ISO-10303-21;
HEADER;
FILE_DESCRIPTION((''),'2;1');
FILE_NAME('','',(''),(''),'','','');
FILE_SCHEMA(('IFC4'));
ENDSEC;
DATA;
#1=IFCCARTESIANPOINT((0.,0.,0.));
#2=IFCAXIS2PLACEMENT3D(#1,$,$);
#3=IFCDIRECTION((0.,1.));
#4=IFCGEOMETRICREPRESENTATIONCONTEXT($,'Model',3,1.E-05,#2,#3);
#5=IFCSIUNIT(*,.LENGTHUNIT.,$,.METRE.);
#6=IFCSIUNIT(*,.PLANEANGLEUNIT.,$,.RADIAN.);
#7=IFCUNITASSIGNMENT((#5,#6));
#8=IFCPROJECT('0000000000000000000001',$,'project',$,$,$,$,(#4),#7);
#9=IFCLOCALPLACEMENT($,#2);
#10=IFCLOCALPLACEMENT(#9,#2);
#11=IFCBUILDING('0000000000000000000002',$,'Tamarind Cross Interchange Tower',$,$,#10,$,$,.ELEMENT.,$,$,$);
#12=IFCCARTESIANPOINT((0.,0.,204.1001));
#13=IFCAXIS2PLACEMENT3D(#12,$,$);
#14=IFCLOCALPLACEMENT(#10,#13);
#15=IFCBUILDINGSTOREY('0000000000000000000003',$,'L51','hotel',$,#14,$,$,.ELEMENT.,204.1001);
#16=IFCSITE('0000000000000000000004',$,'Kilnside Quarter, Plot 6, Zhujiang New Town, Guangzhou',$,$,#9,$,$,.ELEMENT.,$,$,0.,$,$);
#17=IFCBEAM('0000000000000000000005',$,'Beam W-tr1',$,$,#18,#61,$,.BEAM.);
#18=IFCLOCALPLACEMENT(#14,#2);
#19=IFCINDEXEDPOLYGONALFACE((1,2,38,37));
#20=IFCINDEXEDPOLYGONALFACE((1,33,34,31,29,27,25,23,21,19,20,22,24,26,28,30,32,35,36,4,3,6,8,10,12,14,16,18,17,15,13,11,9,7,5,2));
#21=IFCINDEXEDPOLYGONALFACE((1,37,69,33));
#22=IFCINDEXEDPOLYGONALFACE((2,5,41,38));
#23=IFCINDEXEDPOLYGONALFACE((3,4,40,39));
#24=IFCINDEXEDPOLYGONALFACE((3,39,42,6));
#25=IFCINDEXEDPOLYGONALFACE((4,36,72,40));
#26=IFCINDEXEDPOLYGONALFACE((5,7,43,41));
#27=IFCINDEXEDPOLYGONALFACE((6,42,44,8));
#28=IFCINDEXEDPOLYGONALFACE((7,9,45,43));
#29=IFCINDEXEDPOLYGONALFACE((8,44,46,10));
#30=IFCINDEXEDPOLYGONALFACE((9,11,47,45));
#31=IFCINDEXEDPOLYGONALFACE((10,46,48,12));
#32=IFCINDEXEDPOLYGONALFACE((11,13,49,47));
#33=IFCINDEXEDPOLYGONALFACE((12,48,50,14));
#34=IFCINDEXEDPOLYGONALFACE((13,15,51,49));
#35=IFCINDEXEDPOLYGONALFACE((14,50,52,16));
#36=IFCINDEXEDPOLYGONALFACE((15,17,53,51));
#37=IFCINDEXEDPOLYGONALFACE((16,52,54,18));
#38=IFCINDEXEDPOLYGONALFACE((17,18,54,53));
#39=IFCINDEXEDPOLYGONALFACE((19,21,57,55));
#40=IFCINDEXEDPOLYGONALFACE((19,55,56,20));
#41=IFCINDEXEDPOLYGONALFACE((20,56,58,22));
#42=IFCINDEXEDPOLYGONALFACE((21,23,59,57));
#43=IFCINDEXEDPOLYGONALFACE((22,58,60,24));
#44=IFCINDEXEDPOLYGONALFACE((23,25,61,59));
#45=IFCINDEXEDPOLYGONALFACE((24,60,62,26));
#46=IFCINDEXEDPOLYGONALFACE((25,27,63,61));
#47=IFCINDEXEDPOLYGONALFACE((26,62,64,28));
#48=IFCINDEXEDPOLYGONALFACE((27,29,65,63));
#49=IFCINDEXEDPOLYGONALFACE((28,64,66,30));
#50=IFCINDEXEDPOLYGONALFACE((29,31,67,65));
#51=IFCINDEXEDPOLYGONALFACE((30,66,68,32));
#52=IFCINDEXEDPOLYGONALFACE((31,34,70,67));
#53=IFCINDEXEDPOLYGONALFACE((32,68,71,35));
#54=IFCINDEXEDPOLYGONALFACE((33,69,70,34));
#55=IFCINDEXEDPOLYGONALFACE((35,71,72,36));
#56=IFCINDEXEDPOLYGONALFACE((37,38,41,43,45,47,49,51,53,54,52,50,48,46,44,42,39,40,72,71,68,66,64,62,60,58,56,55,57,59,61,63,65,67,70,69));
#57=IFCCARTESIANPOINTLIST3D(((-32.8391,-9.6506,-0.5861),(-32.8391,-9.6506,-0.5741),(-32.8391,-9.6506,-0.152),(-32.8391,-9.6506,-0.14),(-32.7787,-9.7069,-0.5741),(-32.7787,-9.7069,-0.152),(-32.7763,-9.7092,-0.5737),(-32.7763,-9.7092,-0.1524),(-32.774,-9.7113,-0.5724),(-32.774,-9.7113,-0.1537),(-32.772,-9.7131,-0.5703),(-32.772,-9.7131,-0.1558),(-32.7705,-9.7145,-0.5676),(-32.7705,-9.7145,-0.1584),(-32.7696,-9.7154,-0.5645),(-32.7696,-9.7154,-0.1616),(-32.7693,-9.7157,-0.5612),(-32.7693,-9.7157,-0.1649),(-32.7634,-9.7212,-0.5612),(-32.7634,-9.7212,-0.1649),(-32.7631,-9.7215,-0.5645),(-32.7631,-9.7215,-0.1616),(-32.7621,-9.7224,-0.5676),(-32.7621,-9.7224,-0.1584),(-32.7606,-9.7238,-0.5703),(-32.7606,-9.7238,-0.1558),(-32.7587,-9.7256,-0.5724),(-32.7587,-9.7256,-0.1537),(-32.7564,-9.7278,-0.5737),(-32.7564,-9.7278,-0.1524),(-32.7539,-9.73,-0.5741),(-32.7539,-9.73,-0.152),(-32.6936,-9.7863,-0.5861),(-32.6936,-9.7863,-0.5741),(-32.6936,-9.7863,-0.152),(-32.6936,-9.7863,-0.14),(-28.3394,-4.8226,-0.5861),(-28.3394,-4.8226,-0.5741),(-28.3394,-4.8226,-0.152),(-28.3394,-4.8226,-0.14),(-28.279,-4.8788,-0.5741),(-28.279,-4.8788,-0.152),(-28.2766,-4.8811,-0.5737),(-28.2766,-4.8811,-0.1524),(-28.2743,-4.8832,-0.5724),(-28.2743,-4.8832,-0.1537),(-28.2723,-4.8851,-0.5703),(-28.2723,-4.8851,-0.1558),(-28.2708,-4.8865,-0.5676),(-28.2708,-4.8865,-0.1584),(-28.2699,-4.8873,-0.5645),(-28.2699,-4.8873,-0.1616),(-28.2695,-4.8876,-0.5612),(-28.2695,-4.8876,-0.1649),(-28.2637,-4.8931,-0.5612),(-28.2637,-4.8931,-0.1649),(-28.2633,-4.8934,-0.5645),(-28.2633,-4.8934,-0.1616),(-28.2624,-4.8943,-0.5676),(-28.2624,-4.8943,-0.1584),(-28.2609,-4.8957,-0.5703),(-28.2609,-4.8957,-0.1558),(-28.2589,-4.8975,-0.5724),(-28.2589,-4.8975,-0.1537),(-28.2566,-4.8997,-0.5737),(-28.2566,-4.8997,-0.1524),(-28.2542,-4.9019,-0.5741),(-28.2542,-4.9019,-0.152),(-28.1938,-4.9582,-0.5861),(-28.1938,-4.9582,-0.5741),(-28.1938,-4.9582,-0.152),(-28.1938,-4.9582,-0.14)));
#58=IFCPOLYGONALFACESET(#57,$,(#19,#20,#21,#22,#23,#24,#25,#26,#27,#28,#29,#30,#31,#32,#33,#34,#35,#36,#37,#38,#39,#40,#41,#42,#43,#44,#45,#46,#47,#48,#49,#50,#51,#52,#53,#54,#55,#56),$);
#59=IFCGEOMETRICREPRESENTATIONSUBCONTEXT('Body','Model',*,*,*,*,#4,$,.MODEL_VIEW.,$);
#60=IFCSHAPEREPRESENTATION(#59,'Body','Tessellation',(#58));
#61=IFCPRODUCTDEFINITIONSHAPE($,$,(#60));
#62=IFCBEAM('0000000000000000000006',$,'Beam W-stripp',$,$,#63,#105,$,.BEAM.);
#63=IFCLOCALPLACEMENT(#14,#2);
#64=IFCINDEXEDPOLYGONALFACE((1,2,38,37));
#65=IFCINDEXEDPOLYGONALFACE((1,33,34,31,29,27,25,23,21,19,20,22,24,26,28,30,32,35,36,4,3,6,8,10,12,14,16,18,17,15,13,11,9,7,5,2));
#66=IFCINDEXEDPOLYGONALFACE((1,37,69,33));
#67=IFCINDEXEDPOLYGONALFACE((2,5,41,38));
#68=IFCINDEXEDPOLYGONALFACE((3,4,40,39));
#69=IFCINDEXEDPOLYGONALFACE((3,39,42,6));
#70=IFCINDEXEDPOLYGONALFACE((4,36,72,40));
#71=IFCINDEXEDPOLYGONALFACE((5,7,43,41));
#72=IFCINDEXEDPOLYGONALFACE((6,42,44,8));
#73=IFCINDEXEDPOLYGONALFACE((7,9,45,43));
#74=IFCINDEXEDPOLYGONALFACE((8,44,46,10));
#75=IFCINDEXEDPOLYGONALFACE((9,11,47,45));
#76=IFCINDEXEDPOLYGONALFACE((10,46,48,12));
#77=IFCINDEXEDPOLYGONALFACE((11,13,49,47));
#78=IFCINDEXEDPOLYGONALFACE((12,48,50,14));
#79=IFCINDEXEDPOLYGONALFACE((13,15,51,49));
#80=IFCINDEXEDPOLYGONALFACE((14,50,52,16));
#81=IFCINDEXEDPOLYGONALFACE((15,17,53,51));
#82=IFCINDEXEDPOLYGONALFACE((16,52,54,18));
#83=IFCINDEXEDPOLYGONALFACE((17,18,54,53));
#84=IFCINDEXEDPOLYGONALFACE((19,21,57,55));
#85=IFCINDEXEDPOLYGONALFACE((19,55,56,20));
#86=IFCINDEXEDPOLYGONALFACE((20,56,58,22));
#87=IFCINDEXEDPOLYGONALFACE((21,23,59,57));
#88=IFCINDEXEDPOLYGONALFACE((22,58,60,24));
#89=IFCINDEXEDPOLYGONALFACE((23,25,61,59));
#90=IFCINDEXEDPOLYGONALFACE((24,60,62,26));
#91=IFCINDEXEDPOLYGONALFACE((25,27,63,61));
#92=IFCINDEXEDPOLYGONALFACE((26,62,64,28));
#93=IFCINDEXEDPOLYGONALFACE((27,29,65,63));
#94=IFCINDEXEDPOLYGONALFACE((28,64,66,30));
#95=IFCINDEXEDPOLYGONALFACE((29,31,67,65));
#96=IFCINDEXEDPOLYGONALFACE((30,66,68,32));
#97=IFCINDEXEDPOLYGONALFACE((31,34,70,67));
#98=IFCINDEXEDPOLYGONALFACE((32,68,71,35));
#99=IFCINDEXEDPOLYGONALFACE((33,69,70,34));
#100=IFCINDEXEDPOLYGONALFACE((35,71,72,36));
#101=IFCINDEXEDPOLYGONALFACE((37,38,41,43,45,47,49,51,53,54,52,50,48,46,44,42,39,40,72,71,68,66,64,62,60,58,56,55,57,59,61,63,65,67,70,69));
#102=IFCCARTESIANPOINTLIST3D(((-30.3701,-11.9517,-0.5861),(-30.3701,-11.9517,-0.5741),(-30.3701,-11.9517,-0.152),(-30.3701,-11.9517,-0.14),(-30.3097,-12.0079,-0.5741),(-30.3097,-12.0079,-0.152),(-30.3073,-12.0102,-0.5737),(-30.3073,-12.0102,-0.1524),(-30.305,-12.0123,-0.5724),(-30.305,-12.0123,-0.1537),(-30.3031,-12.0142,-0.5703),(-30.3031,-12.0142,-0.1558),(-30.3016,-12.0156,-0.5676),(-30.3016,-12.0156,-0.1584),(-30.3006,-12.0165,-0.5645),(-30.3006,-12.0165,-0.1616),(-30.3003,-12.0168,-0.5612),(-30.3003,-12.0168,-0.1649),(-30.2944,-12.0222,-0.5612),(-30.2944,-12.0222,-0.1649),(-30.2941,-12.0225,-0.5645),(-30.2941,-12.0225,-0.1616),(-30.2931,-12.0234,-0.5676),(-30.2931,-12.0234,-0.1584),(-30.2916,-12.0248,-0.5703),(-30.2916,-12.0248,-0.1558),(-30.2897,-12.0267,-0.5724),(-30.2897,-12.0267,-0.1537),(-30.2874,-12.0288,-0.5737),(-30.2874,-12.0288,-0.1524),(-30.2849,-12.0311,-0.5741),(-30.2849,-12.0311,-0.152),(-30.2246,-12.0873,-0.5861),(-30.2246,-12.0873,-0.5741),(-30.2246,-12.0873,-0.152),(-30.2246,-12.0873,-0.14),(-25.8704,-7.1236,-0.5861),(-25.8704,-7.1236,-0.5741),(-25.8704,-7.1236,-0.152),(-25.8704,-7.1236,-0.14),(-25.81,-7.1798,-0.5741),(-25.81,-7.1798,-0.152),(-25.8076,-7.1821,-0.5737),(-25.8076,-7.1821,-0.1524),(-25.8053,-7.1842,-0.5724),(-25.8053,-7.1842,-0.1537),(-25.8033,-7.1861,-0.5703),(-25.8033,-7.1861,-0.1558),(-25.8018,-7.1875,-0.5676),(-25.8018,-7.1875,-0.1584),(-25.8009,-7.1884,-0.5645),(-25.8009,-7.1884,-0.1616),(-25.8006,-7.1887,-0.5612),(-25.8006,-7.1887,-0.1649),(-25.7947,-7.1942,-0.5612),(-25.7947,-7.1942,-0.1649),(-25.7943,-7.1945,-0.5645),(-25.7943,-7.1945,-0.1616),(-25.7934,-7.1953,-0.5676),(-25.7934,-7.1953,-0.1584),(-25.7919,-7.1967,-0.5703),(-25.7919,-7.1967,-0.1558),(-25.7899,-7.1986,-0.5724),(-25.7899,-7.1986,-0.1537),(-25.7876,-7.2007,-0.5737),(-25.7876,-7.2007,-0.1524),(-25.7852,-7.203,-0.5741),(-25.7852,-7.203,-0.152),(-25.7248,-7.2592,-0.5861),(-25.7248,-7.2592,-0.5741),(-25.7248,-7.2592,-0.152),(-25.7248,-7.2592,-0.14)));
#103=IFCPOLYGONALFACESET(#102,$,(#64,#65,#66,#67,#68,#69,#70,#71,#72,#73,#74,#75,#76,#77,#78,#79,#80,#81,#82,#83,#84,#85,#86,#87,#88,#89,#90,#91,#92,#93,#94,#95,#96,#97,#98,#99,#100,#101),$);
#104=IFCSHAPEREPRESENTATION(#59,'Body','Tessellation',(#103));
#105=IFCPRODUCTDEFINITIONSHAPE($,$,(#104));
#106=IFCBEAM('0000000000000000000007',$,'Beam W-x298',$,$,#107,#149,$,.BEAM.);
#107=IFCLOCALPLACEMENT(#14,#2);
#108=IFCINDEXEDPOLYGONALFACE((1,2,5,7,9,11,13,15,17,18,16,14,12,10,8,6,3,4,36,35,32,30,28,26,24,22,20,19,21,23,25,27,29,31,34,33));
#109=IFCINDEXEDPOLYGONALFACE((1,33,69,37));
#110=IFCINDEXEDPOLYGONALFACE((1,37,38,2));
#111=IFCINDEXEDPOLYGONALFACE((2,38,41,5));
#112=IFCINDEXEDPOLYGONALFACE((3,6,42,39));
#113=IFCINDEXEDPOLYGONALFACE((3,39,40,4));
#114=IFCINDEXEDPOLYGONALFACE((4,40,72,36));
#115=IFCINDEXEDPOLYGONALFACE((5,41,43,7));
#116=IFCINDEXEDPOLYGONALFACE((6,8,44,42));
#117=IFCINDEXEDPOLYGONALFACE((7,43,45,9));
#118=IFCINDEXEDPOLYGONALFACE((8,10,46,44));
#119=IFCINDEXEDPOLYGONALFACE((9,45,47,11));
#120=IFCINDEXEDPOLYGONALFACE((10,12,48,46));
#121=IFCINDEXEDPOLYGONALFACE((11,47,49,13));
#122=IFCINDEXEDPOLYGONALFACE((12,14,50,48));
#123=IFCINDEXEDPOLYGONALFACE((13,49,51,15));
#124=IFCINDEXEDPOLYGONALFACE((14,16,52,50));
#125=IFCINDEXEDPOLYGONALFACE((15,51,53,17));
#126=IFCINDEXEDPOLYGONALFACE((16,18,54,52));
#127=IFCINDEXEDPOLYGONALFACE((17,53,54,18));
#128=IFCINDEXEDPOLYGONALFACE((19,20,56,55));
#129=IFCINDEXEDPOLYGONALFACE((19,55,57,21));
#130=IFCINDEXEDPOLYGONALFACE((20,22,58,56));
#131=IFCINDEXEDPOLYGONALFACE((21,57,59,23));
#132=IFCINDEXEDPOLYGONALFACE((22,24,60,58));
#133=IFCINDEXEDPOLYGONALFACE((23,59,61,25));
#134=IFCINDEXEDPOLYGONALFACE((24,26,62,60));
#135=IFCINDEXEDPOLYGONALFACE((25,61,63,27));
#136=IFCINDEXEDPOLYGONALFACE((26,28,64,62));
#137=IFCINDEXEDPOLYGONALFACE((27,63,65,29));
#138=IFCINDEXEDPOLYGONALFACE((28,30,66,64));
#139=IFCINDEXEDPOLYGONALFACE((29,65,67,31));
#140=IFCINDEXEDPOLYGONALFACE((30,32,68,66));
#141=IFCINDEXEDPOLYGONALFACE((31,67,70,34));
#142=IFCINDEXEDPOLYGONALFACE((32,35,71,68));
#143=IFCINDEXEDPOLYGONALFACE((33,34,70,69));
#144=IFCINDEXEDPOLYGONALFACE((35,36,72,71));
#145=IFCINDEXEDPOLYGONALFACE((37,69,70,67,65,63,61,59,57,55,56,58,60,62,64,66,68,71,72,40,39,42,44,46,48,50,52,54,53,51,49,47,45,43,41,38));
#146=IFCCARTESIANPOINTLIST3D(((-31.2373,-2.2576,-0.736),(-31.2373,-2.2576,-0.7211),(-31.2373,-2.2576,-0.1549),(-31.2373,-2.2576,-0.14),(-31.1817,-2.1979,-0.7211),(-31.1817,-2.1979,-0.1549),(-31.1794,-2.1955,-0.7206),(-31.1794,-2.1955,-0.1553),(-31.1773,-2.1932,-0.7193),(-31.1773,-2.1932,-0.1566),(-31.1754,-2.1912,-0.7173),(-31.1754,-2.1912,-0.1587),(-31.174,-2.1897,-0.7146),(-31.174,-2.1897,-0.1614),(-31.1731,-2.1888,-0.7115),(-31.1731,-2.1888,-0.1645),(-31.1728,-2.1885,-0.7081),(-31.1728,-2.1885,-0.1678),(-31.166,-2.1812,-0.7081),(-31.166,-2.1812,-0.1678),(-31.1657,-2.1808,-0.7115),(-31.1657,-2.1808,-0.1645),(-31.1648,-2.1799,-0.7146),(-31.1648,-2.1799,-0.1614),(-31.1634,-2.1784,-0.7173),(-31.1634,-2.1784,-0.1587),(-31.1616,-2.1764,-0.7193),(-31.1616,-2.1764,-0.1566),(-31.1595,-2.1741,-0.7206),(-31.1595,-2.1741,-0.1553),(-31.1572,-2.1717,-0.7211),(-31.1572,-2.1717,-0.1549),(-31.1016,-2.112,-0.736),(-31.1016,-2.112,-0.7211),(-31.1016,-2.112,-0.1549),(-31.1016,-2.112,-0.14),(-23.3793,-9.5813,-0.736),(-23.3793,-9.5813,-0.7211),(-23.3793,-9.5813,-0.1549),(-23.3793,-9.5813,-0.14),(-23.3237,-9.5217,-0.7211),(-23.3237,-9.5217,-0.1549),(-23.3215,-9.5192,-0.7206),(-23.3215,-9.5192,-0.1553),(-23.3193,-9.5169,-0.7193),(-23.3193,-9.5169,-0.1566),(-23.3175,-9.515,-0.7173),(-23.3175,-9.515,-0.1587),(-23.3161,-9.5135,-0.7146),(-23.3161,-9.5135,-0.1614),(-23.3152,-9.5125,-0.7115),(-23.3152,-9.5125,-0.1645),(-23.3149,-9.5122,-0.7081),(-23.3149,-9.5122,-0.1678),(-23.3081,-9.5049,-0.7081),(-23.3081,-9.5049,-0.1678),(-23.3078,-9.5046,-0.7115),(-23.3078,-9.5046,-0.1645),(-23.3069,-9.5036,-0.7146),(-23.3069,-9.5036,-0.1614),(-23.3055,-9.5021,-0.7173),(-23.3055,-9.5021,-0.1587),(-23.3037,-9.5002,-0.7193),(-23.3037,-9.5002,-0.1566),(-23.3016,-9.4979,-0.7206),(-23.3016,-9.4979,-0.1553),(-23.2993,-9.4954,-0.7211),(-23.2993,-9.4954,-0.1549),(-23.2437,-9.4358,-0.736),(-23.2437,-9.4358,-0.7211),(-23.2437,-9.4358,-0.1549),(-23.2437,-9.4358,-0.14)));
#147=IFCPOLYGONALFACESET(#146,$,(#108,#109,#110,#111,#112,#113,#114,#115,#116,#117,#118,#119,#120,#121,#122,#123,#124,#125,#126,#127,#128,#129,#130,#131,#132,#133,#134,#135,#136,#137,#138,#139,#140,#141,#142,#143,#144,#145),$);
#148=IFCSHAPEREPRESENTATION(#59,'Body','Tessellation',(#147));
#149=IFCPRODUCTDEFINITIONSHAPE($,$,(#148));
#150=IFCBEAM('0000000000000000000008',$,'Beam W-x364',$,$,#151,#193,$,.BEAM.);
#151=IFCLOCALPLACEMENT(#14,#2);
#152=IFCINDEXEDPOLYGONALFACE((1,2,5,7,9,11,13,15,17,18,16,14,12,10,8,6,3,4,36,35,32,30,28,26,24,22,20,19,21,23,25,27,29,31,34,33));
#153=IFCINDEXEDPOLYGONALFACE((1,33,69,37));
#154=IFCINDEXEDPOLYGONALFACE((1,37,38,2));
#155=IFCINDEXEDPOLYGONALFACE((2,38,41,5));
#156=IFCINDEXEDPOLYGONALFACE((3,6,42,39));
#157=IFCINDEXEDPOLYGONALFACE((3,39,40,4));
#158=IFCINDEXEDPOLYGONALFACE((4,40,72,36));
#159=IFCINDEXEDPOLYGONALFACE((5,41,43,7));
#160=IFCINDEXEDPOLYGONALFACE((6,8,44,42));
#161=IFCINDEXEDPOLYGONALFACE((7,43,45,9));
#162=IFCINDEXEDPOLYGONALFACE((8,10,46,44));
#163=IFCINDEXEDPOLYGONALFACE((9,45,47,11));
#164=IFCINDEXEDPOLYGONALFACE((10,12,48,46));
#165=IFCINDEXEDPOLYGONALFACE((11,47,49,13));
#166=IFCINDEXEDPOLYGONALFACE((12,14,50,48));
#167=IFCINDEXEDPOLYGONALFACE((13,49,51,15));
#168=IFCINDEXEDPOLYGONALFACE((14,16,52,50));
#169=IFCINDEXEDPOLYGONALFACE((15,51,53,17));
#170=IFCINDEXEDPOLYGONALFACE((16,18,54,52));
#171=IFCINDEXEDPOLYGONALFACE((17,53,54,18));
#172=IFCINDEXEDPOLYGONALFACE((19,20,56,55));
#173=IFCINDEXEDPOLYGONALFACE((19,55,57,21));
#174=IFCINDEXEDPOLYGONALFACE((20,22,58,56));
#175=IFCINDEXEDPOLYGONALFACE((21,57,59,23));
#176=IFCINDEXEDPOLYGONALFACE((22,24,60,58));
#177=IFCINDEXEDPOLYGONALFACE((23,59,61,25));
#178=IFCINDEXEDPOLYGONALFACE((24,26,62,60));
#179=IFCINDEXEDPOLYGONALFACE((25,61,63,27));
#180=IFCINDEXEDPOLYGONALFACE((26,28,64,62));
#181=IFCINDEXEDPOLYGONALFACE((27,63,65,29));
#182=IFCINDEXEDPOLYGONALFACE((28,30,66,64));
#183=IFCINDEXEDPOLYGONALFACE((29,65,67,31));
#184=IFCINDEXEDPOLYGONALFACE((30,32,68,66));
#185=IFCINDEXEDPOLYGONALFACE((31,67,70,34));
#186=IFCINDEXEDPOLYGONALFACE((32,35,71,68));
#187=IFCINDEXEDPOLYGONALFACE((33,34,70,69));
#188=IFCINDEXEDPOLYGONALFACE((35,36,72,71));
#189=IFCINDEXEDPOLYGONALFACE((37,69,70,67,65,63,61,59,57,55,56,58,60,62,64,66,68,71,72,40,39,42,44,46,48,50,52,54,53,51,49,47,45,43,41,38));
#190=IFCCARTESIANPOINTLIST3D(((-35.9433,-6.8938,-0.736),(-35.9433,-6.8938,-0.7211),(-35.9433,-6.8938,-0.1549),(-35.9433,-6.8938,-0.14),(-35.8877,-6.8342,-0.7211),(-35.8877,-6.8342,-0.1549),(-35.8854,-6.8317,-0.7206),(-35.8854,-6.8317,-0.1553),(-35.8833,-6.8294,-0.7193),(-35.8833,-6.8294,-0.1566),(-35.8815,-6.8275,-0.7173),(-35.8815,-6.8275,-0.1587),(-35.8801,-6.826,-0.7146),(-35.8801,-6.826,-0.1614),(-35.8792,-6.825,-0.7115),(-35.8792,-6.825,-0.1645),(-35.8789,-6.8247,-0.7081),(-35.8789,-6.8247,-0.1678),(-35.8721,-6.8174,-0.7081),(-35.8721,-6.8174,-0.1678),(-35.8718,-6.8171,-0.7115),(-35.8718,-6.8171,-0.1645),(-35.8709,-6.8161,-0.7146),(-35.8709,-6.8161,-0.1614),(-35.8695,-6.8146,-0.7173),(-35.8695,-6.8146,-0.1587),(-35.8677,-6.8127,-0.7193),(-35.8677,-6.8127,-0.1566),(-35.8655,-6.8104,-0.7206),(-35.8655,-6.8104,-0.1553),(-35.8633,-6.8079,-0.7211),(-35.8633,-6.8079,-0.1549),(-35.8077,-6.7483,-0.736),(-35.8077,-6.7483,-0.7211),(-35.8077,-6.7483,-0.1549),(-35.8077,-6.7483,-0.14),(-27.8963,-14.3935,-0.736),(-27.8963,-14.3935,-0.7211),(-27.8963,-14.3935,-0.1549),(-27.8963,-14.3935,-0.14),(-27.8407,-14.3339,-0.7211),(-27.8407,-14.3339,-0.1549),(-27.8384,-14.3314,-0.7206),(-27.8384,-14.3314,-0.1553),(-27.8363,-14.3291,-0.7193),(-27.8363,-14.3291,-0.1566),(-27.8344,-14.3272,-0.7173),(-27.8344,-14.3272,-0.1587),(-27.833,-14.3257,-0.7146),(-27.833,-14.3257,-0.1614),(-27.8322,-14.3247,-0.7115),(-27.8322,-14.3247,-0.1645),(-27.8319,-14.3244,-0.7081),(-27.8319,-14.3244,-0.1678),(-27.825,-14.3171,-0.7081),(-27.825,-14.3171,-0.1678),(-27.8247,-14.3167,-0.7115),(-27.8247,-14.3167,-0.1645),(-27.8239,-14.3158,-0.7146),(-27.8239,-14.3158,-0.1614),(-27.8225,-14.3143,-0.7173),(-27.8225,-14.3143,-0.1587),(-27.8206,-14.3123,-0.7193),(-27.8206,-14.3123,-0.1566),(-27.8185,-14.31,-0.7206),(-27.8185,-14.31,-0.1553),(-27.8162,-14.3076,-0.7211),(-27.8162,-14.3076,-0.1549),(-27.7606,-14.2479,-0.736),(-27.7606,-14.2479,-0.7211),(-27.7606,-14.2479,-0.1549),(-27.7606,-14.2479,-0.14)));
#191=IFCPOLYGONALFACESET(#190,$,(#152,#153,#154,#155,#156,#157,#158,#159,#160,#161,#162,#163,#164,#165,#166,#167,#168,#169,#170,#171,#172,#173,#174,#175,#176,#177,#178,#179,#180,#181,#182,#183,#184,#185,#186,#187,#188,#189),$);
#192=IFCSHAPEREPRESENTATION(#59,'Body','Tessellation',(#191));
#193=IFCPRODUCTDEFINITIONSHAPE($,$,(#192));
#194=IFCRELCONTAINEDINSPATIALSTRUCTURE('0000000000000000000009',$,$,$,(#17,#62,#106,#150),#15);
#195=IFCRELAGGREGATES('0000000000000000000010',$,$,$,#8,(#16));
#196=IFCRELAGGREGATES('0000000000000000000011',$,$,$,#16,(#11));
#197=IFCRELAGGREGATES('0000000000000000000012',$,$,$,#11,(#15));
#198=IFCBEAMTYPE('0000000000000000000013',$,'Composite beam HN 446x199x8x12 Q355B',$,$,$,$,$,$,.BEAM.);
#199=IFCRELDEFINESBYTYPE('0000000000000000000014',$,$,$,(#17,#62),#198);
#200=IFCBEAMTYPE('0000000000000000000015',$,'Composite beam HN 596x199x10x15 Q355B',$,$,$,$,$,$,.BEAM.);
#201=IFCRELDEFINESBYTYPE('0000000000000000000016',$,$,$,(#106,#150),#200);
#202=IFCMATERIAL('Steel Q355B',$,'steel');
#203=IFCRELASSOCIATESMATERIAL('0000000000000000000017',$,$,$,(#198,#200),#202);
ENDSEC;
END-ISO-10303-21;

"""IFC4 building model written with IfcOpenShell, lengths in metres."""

from ifc_helpers import new_model, si_unit, direction, frame, origin, origin_2d, place, context, subcontext, project, spatial, i_section, extrude, material, material_profile, profile_set, type_object, element, save


model = new_model("IFC4")

# Units and contexts
model_context = context("Model", 3, precision=1e-05, world=origin(), true_north=direction((0.0, 1.0)))
body_context = subcontext(model_context, "Body", "Model", "MODEL_VIEW")
ifc_project = project(units=[si_unit("LENGTHUNIT", "METRE"), si_unit("PLANEANGLEUNIT", "RADIAN")], contexts=[model_context])

# Site, building, storey
site_placement = place(None, origin())
site = spatial("IfcSite", under=ifc_project, at=site_placement, Name="Kilnside Quarter, Plot 6, Zhujiang New Town, Guangzhou", CompositionType="ELEMENT", RefElevation=0.0)
building_placement = place(site_placement, origin())
building = spatial("IfcBuilding", under=site, at=building_placement, Name="Tamarind Cross Interchange Tower", CompositionType="ELEMENT")
storey_placement = place(building_placement, frame((0.0, 0.0, 204.1001)))
storey = spatial("IfcBuildingStorey", under=building, at=storey_placement, Name="L51", Description="hotel", CompositionType="ELEMENT", Elevation=204.1001)

# Beams
ifc_material_1 = material(Name="Steel Q355B", Category="steel")
ifc_material_profile_1 = material_profile(ifc_material_1, i_section(OverallWidth=0.199, OverallDepth=0.446, WebThickness=0.0081, FlangeThickness=0.012, FilletRadius=0.0129, at=origin_2d()), Name="HN 446x199x8x12")
ifc_profile_set_1 = profile_set([ifc_material_profile_1], Name="Steel Q355B")
beam_type_1 = type_object("IfcBeamType", Name="Composite beam HN 446x199x8x12 Q355B", PredefinedType="BEAM", material=ifc_profile_set_1)
for number, where, z_axis, x_axis, name in (
    (1, (-28.2666, -4.8904, -0.363), (-0.681792, -0.731546, 0.0), (0.731546, -0.681792, 0.0), "Beam W-tr1"),
    (2, (-25.7976, -7.1914, -0.363), (-0.681792, -0.731546, 0.0), (0.731546, -0.681792, 0.0), "Beam W-stripp"),
):
    element("IfcBeam", number, at=place(storey_placement, frame(where, z_axis=z_axis, x_axis=x_axis)), inside=storey, type_object=beam_type_1, Name=name, PredefinedType="BEAM", context=body_context, shape_type="SweptSolid", body=[
        extrude(i_section(OverallWidth=0.199, OverallDepth=0.446, WebThickness=0.0081, FlangeThickness=0.012, FilletRadius=0.0129, at=origin_2d()), origin(), (0.0, 0.0, 1.0), 6.5999),
    ])
ifc_material_profile_2 = material_profile(ifc_material_1, i_section(OverallWidth=0.199, OverallDepth=0.5959, WebThickness=0.01, FlangeThickness=0.0149, FilletRadius=0.0129, at=origin_2d()), Name="HN 596x199x10x15")
ifc_profile_set_2 = profile_set([ifc_material_profile_2], Name="Steel Q355B")
beam_type_2 = type_object("IfcBeamType", Name="Composite beam HN 596x199x10x15 Q355B", PredefinedType="BEAM", material=ifc_profile_set_2)
beam_1_placement = place(storey_placement, frame((-31.1694, -2.1848, -0.438), z_axis=(0.731534, -0.681805, 0.0), x_axis=(0.681805, 0.731534, 0.0)))
element("IfcBeam", 3, at=beam_1_placement, inside=storey, type_object=beam_type_2, Name="Beam W-x298", PredefinedType="BEAM", context=body_context, shape_type="SweptSolid", body=[
    extrude(i_section(OverallWidth=0.199, OverallDepth=0.5959, WebThickness=0.01, FlangeThickness=0.0149, FilletRadius=0.0129, at=origin_2d()), origin(), (0.0, 0.0, 1.0), 10.7417),
])
for number, where, z_axis, x_axis, name in (
    (4, (-35.8755, -6.821, -0.438), (0.731549, -0.681789, 0.0), (0.681789, 0.731549, 0.0), "Beam W-x364"),
):
    element("IfcBeam", number, at=place(storey_placement, frame(where, z_axis=z_axis, x_axis=x_axis)), inside=storey, type_object=beam_type_2, Name=name, PredefinedType="BEAM", context=body_context, shape_type="SweptSolid", body=[
        extrude(i_section(OverallWidth=0.199, OverallDepth=0.5959, WebThickness=0.01, FlangeThickness=0.0149, FilletRadius=0.0129, at=origin_2d()), origin(), (0.0, 0.0, 1.0), 11.0),
    ])

save(model, "model.ifc")
